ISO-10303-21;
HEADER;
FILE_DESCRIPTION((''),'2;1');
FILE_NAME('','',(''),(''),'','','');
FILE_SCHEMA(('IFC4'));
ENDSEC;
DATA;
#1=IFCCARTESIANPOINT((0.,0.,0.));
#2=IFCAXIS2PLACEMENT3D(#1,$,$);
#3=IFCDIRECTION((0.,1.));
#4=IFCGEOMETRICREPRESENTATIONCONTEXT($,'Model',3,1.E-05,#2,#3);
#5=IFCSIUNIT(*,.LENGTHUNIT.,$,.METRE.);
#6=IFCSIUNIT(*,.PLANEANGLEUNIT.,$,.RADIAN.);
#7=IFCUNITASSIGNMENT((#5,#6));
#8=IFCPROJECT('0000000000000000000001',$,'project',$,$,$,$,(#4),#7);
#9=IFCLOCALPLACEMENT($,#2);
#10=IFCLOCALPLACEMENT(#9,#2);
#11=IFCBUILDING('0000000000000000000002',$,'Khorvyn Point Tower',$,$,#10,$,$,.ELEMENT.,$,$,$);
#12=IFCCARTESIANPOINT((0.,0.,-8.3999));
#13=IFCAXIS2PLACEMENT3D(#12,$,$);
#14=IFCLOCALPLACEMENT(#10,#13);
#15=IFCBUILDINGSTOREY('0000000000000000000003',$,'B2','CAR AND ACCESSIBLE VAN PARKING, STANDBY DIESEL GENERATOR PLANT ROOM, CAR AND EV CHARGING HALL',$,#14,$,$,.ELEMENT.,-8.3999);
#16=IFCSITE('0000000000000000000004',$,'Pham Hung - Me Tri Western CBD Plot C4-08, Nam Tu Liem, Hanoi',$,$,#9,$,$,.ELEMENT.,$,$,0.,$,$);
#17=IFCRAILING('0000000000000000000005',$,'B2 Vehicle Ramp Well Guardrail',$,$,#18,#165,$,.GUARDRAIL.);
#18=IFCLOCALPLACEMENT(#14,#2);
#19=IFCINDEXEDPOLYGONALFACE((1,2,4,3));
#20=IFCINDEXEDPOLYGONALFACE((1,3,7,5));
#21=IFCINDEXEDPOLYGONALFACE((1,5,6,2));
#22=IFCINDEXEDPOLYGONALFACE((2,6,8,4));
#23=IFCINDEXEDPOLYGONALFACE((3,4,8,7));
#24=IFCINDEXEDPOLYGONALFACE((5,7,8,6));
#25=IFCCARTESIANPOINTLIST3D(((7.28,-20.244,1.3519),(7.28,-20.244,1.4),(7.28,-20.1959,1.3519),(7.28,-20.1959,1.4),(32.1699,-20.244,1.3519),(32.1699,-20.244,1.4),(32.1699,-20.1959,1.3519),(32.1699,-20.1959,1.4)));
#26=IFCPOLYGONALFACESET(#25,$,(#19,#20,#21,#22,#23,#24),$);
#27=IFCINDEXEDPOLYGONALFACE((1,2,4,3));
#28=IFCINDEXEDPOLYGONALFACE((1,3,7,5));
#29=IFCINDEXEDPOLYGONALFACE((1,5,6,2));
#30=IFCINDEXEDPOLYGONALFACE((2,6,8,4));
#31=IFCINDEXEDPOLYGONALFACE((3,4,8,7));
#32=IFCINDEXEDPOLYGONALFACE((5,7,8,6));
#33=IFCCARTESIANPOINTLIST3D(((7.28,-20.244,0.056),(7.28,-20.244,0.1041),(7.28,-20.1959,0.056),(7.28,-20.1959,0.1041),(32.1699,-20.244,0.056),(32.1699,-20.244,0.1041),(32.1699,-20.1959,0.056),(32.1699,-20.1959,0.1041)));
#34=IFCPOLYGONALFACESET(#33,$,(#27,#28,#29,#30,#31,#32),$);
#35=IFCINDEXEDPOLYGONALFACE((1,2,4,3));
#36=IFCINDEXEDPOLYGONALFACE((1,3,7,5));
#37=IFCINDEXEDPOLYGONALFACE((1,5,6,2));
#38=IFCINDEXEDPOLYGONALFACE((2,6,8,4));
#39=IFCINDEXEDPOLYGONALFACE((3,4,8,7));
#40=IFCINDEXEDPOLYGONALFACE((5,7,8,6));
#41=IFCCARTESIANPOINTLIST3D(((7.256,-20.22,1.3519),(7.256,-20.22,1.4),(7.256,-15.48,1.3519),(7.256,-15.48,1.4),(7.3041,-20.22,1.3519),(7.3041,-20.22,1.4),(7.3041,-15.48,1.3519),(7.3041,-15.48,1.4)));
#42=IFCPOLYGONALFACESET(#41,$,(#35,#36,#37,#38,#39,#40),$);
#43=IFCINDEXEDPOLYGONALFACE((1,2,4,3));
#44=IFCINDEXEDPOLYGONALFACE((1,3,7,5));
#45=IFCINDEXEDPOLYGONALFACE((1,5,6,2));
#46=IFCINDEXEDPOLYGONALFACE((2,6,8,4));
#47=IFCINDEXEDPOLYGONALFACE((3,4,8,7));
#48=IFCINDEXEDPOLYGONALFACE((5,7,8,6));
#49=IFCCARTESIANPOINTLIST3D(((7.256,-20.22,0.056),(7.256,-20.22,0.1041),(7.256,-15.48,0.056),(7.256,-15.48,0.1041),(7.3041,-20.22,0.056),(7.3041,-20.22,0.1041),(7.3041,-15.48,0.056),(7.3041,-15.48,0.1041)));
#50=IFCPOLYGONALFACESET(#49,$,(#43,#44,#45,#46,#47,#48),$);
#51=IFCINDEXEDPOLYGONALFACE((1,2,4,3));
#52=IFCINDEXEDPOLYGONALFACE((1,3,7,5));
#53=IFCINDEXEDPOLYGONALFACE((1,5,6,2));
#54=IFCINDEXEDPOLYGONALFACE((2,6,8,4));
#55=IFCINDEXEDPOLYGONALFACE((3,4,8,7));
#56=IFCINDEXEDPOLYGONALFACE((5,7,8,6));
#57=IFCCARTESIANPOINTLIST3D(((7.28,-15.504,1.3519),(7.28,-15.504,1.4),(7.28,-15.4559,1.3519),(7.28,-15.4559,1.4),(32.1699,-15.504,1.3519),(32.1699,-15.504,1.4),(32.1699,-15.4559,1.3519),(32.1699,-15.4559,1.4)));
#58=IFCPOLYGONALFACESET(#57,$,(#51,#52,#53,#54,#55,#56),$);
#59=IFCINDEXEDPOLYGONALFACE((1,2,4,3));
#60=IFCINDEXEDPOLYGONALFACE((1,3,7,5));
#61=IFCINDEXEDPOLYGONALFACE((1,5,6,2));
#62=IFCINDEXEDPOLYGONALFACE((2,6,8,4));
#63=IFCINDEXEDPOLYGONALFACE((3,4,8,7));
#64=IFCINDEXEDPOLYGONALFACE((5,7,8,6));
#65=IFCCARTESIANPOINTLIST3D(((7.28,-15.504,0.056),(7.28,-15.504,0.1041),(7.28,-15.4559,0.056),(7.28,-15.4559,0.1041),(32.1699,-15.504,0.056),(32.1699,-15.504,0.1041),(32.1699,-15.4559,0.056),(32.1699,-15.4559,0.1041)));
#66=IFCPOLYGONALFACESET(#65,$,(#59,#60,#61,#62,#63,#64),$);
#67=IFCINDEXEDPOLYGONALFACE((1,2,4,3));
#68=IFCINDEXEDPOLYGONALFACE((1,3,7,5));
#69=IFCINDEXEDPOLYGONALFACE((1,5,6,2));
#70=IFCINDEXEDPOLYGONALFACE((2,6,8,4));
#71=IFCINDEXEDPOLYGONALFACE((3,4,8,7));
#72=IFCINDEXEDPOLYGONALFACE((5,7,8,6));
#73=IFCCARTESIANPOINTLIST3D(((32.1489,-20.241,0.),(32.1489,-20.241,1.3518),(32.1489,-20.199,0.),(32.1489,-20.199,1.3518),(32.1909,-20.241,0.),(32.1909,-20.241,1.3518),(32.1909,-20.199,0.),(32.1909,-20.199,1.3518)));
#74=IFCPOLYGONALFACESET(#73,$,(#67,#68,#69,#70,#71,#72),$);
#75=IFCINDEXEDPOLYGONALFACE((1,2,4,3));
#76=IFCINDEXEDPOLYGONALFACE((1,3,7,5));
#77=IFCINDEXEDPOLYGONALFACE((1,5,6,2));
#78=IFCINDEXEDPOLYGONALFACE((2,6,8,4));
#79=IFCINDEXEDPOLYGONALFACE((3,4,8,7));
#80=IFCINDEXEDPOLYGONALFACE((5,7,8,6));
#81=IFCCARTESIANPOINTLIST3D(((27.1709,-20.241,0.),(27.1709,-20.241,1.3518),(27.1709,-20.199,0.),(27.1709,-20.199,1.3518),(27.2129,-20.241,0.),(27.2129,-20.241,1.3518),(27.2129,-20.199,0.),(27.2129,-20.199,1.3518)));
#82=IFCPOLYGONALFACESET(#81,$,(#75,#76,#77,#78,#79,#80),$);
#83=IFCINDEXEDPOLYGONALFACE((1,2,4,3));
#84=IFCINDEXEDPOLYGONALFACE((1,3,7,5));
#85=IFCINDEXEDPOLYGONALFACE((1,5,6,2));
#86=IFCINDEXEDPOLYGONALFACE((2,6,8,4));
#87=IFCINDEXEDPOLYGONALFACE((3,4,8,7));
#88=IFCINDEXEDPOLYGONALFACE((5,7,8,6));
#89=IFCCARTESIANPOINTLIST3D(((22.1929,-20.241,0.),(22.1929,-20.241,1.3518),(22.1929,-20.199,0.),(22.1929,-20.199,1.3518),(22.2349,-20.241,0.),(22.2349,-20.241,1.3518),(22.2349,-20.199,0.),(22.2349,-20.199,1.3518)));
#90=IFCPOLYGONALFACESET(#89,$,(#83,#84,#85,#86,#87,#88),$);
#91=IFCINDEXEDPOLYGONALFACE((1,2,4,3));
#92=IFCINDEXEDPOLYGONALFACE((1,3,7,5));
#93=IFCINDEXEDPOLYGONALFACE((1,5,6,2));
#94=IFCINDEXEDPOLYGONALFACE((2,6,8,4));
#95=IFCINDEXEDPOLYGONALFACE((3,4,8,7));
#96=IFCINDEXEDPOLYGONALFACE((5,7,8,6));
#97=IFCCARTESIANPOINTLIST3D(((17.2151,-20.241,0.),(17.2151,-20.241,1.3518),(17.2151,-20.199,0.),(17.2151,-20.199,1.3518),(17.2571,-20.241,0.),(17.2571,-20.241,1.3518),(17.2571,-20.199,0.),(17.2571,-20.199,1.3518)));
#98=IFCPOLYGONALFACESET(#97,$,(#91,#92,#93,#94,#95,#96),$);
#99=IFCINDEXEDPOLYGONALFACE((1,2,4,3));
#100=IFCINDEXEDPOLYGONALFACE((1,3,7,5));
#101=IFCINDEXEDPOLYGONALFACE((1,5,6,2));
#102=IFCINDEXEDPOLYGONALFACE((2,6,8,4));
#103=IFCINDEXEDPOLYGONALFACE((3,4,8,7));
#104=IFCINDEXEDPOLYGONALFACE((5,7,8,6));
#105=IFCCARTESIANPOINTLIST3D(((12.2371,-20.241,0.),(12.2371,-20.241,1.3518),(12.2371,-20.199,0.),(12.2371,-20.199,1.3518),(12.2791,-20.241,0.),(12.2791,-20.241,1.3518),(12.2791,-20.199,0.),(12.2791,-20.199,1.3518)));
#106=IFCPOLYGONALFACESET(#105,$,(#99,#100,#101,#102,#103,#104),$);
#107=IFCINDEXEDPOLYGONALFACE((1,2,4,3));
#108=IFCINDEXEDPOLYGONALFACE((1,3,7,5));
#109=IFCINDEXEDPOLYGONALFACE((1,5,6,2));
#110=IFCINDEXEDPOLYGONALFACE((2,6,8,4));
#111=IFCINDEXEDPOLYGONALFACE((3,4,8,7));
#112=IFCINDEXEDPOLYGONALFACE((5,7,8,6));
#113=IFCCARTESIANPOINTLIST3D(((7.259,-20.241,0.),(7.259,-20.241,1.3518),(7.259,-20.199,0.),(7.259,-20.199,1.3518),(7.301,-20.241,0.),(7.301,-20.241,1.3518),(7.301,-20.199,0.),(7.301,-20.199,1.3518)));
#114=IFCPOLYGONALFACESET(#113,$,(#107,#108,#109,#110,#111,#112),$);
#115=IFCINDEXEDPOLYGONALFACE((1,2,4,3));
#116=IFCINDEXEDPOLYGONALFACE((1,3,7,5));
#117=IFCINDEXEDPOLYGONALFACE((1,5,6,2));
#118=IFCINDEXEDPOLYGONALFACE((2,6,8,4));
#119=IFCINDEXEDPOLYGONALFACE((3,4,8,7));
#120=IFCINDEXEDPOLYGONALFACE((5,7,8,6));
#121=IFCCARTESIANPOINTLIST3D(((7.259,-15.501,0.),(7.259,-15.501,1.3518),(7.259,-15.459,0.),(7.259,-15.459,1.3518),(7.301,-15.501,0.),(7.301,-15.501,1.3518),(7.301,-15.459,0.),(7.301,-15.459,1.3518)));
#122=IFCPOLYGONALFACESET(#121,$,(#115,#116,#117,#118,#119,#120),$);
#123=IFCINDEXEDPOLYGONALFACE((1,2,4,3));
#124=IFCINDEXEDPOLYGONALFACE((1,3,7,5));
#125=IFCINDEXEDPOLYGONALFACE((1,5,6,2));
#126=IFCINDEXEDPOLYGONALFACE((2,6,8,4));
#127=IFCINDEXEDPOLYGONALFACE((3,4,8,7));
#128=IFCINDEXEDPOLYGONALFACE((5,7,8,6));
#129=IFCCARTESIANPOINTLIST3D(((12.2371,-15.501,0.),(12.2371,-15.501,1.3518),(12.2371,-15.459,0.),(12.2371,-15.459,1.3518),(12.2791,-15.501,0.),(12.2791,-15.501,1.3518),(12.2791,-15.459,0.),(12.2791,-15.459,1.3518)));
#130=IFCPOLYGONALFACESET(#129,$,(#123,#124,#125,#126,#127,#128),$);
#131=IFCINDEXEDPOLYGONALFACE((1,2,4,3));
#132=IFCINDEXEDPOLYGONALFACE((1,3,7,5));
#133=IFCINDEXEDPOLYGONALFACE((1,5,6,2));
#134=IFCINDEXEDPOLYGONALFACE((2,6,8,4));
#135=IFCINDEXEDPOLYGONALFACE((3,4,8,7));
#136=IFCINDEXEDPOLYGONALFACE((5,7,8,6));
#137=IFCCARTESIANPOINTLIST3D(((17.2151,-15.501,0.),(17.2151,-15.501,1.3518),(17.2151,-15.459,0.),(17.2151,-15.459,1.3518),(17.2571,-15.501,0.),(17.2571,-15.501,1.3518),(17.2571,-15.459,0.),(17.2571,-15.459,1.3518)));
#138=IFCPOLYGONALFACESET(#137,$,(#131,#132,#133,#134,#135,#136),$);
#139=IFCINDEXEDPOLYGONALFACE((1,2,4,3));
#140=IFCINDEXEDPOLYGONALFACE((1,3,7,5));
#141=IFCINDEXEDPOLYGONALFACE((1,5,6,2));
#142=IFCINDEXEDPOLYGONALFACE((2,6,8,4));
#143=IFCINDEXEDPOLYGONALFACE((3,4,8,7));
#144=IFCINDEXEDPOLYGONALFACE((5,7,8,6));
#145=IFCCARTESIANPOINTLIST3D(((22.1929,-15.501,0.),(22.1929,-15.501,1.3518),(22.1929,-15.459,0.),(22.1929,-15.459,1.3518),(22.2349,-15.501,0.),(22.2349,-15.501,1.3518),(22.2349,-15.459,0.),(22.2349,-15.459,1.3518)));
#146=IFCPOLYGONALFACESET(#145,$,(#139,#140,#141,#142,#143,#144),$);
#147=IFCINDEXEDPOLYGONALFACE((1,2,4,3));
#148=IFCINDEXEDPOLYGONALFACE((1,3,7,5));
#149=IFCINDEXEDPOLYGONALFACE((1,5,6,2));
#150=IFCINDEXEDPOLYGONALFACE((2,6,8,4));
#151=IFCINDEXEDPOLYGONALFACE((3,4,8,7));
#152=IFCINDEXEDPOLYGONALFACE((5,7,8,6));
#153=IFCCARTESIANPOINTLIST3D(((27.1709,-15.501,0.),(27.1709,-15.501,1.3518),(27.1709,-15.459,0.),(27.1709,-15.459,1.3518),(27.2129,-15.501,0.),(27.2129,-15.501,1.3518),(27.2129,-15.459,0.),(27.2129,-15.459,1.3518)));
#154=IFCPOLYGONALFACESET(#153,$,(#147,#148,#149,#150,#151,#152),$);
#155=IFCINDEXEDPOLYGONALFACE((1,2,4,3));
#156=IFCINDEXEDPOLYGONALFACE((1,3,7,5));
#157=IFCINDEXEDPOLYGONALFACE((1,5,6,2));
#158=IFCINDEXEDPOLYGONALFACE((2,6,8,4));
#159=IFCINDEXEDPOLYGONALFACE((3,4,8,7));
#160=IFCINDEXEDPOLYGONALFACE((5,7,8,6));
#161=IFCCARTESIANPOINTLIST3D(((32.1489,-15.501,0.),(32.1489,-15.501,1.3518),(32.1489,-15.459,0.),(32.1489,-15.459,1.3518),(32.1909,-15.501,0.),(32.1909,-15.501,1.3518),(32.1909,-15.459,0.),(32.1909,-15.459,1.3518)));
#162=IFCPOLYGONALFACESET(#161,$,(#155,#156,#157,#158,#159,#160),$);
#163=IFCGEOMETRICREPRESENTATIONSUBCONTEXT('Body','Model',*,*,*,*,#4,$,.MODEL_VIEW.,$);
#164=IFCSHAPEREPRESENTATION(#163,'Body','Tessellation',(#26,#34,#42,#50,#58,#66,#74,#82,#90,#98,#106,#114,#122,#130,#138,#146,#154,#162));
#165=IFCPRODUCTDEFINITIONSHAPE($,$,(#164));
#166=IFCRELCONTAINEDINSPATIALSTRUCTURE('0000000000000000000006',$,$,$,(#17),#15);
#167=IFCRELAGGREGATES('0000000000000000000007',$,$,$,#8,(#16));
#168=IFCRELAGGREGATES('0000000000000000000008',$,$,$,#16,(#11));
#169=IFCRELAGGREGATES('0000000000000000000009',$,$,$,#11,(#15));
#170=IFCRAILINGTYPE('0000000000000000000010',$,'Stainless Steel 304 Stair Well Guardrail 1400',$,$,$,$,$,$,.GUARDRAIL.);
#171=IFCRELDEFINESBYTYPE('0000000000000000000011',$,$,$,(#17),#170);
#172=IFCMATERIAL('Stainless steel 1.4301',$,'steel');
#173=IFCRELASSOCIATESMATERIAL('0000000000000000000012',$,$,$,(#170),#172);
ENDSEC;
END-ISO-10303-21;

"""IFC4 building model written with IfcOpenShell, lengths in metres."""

from ifc_helpers import new_model, si_unit, direction, frame, origin, origin_2d, place, context, subcontext, project, spatial, rectangle, extrude, material, type_object, element, save


model = new_model("IFC4")

# Units and contexts
model_context = context("Model", 3, precision=1e-05, world=origin(), true_north=direction((0.0, 1.0)))
body_context = subcontext(model_context, "Body", "Model", "MODEL_VIEW")
ifc_project = project(units=[si_unit("LENGTHUNIT", "METRE"), si_unit("PLANEANGLEUNIT", "RADIAN")], contexts=[model_context])

# Site, building, storey
site_placement = place(None, origin())
site = spatial("IfcSite", under=ifc_project, at=site_placement, Name="Pham Hung - Me Tri Western CBD Plot C4-08, Nam Tu Liem, Hanoi", CompositionType="ELEMENT", RefElevation=0.0)
building_placement = place(site_placement, origin())
building = spatial("IfcBuilding", under=site, at=building_placement, Name="Khorvyn Point Tower", CompositionType="ELEMENT")
storey_placement = place(building_placement, frame((0.0, 0.0, -8.3999)))
storey = spatial("IfcBuildingStorey", under=building, at=storey_placement, Name="B2", Description="CAR AND ACCESSIBLE VAN PARKING, STANDBY DIESEL GENERATOR PLANT ROOM, CAR AND EV CHARGING HALL", CompositionType="ELEMENT", Elevation=-8.3999)

# Railing
ifc_material_1 = material(Name="Stainless steel 1.4301", Category="steel")
railing_type = type_object("IfcRailingType", Name="Stainless Steel 304 Stair Well Guardrail 1400", PredefinedType="GUARDRAIL", material=ifc_material_1)
railing_placement = place(storey_placement, frame((32.1699, -20.22, 0.0)))
element("IfcRailing", 1, at=railing_placement, inside=storey, type_object=railing_type, Name="B2 Vehicle Ramp Well Guardrail", PredefinedType="GUARDRAIL", context=body_context, shape_type="SweptSolid", body=[
    extrude(rectangle(XDim=0.0481, YDim=0.0481, at=origin_2d()), frame((0.0, 0.0, 1.376), z_axis=(-1.0, 0.0, 0.0), x_axis=(0.0, -1.0, 0.0)), (0.0, 0.0, 1.0), 24.8899),
    extrude(rectangle(XDim=0.0481, YDim=0.0481, at=origin_2d()), frame((0.0, 0.0, 0.0801), z_axis=(-1.0, 0.0, 0.0), x_axis=(0.0, -1.0, 0.0)), (0.0, 0.0, 1.0), 24.8899),
    extrude(rectangle(XDim=0.0481, YDim=0.0481, at=origin_2d()), frame((-24.8899, 0.0, 1.376), z_axis=(0.0, 1.0, 0.0), x_axis=(-1.0, 0.0, 0.0)), (0.0, 0.0, 1.0), 4.74),
    extrude(rectangle(XDim=0.0481, YDim=0.0481, at=origin_2d()), frame((-24.8899, 0.0, 0.0801), z_axis=(0.0, 1.0, 0.0), x_axis=(-1.0, 0.0, 0.0)), (0.0, 0.0, 1.0), 4.74),
    extrude(rectangle(XDim=0.0481, YDim=0.0481, at=origin_2d()), frame((-24.8899, 4.74, 1.376), z_axis=(1.0, 0.0, 0.0), x_axis=(0.0, 1.0, 0.0)), (0.0, 0.0, 1.0), 24.8899),
    extrude(rectangle(XDim=0.0481, YDim=0.0481, at=origin_2d()), frame((-24.8899, 4.74, 0.0801), z_axis=(1.0, 0.0, 0.0), x_axis=(0.0, 1.0, 0.0)), (0.0, 0.0, 1.0), 24.8899),
    extrude(rectangle(XDim=0.042, YDim=0.042, at=origin_2d()), origin(), (0.0, 0.0, 1.0), 1.3518),
    extrude(rectangle(XDim=0.042, YDim=0.042, at=origin_2d()), frame((-4.978, 0.0, 0.0)), (0.0, 0.0, 1.0), 1.3518),
    extrude(rectangle(XDim=0.042, YDim=0.042, at=origin_2d()), frame((-9.9561, 0.0, 0.0)), (0.0, 0.0, 1.0), 1.3518),
    extrude(rectangle(XDim=0.042, YDim=0.042, at=origin_2d()), frame((-14.9338, 0.0, 0.0)), (0.0, 0.0, 1.0), 1.3518),
    extrude(rectangle(XDim=0.042, YDim=0.042, at=origin_2d()), frame((-19.9119, 0.0, 0.0)), (0.0, 0.0, 1.0), 1.3518),
    extrude(rectangle(XDim=0.042, YDim=0.042, at=origin_2d()), frame((-24.8899, 0.0, 0.0)), (0.0, 0.0, 1.0), 1.3518),
    extrude(rectangle(XDim=0.042, YDim=0.042, at=origin_2d()), frame((-24.8899, 4.74, 0.0)), (0.0, 0.0, 1.0), 1.3518),
    extrude(rectangle(XDim=0.042, YDim=0.042, at=origin_2d()), frame((-19.9119, 4.74, 0.0)), (0.0, 0.0, 1.0), 1.3518),
    extrude(rectangle(XDim=0.042, YDim=0.042, at=origin_2d()), frame((-14.9338, 4.74, 0.0)), (0.0, 0.0, 1.0), 1.3518),
    extrude(rectangle(XDim=0.042, YDim=0.042, at=origin_2d()), frame((-9.9561, 4.74, 0.0)), (0.0, 0.0, 1.0), 1.3518),
    extrude(rectangle(XDim=0.042, YDim=0.042, at=origin_2d()), frame((-4.978, 4.74, 0.0)), (0.0, 0.0, 1.0), 1.3518),
    extrude(rectangle(XDim=0.042, YDim=0.042, at=origin_2d()), frame((0.0, 4.74, 0.0)), (0.0, 0.0, 1.0), 1.3518),
])

save(model, "model.ifc")
